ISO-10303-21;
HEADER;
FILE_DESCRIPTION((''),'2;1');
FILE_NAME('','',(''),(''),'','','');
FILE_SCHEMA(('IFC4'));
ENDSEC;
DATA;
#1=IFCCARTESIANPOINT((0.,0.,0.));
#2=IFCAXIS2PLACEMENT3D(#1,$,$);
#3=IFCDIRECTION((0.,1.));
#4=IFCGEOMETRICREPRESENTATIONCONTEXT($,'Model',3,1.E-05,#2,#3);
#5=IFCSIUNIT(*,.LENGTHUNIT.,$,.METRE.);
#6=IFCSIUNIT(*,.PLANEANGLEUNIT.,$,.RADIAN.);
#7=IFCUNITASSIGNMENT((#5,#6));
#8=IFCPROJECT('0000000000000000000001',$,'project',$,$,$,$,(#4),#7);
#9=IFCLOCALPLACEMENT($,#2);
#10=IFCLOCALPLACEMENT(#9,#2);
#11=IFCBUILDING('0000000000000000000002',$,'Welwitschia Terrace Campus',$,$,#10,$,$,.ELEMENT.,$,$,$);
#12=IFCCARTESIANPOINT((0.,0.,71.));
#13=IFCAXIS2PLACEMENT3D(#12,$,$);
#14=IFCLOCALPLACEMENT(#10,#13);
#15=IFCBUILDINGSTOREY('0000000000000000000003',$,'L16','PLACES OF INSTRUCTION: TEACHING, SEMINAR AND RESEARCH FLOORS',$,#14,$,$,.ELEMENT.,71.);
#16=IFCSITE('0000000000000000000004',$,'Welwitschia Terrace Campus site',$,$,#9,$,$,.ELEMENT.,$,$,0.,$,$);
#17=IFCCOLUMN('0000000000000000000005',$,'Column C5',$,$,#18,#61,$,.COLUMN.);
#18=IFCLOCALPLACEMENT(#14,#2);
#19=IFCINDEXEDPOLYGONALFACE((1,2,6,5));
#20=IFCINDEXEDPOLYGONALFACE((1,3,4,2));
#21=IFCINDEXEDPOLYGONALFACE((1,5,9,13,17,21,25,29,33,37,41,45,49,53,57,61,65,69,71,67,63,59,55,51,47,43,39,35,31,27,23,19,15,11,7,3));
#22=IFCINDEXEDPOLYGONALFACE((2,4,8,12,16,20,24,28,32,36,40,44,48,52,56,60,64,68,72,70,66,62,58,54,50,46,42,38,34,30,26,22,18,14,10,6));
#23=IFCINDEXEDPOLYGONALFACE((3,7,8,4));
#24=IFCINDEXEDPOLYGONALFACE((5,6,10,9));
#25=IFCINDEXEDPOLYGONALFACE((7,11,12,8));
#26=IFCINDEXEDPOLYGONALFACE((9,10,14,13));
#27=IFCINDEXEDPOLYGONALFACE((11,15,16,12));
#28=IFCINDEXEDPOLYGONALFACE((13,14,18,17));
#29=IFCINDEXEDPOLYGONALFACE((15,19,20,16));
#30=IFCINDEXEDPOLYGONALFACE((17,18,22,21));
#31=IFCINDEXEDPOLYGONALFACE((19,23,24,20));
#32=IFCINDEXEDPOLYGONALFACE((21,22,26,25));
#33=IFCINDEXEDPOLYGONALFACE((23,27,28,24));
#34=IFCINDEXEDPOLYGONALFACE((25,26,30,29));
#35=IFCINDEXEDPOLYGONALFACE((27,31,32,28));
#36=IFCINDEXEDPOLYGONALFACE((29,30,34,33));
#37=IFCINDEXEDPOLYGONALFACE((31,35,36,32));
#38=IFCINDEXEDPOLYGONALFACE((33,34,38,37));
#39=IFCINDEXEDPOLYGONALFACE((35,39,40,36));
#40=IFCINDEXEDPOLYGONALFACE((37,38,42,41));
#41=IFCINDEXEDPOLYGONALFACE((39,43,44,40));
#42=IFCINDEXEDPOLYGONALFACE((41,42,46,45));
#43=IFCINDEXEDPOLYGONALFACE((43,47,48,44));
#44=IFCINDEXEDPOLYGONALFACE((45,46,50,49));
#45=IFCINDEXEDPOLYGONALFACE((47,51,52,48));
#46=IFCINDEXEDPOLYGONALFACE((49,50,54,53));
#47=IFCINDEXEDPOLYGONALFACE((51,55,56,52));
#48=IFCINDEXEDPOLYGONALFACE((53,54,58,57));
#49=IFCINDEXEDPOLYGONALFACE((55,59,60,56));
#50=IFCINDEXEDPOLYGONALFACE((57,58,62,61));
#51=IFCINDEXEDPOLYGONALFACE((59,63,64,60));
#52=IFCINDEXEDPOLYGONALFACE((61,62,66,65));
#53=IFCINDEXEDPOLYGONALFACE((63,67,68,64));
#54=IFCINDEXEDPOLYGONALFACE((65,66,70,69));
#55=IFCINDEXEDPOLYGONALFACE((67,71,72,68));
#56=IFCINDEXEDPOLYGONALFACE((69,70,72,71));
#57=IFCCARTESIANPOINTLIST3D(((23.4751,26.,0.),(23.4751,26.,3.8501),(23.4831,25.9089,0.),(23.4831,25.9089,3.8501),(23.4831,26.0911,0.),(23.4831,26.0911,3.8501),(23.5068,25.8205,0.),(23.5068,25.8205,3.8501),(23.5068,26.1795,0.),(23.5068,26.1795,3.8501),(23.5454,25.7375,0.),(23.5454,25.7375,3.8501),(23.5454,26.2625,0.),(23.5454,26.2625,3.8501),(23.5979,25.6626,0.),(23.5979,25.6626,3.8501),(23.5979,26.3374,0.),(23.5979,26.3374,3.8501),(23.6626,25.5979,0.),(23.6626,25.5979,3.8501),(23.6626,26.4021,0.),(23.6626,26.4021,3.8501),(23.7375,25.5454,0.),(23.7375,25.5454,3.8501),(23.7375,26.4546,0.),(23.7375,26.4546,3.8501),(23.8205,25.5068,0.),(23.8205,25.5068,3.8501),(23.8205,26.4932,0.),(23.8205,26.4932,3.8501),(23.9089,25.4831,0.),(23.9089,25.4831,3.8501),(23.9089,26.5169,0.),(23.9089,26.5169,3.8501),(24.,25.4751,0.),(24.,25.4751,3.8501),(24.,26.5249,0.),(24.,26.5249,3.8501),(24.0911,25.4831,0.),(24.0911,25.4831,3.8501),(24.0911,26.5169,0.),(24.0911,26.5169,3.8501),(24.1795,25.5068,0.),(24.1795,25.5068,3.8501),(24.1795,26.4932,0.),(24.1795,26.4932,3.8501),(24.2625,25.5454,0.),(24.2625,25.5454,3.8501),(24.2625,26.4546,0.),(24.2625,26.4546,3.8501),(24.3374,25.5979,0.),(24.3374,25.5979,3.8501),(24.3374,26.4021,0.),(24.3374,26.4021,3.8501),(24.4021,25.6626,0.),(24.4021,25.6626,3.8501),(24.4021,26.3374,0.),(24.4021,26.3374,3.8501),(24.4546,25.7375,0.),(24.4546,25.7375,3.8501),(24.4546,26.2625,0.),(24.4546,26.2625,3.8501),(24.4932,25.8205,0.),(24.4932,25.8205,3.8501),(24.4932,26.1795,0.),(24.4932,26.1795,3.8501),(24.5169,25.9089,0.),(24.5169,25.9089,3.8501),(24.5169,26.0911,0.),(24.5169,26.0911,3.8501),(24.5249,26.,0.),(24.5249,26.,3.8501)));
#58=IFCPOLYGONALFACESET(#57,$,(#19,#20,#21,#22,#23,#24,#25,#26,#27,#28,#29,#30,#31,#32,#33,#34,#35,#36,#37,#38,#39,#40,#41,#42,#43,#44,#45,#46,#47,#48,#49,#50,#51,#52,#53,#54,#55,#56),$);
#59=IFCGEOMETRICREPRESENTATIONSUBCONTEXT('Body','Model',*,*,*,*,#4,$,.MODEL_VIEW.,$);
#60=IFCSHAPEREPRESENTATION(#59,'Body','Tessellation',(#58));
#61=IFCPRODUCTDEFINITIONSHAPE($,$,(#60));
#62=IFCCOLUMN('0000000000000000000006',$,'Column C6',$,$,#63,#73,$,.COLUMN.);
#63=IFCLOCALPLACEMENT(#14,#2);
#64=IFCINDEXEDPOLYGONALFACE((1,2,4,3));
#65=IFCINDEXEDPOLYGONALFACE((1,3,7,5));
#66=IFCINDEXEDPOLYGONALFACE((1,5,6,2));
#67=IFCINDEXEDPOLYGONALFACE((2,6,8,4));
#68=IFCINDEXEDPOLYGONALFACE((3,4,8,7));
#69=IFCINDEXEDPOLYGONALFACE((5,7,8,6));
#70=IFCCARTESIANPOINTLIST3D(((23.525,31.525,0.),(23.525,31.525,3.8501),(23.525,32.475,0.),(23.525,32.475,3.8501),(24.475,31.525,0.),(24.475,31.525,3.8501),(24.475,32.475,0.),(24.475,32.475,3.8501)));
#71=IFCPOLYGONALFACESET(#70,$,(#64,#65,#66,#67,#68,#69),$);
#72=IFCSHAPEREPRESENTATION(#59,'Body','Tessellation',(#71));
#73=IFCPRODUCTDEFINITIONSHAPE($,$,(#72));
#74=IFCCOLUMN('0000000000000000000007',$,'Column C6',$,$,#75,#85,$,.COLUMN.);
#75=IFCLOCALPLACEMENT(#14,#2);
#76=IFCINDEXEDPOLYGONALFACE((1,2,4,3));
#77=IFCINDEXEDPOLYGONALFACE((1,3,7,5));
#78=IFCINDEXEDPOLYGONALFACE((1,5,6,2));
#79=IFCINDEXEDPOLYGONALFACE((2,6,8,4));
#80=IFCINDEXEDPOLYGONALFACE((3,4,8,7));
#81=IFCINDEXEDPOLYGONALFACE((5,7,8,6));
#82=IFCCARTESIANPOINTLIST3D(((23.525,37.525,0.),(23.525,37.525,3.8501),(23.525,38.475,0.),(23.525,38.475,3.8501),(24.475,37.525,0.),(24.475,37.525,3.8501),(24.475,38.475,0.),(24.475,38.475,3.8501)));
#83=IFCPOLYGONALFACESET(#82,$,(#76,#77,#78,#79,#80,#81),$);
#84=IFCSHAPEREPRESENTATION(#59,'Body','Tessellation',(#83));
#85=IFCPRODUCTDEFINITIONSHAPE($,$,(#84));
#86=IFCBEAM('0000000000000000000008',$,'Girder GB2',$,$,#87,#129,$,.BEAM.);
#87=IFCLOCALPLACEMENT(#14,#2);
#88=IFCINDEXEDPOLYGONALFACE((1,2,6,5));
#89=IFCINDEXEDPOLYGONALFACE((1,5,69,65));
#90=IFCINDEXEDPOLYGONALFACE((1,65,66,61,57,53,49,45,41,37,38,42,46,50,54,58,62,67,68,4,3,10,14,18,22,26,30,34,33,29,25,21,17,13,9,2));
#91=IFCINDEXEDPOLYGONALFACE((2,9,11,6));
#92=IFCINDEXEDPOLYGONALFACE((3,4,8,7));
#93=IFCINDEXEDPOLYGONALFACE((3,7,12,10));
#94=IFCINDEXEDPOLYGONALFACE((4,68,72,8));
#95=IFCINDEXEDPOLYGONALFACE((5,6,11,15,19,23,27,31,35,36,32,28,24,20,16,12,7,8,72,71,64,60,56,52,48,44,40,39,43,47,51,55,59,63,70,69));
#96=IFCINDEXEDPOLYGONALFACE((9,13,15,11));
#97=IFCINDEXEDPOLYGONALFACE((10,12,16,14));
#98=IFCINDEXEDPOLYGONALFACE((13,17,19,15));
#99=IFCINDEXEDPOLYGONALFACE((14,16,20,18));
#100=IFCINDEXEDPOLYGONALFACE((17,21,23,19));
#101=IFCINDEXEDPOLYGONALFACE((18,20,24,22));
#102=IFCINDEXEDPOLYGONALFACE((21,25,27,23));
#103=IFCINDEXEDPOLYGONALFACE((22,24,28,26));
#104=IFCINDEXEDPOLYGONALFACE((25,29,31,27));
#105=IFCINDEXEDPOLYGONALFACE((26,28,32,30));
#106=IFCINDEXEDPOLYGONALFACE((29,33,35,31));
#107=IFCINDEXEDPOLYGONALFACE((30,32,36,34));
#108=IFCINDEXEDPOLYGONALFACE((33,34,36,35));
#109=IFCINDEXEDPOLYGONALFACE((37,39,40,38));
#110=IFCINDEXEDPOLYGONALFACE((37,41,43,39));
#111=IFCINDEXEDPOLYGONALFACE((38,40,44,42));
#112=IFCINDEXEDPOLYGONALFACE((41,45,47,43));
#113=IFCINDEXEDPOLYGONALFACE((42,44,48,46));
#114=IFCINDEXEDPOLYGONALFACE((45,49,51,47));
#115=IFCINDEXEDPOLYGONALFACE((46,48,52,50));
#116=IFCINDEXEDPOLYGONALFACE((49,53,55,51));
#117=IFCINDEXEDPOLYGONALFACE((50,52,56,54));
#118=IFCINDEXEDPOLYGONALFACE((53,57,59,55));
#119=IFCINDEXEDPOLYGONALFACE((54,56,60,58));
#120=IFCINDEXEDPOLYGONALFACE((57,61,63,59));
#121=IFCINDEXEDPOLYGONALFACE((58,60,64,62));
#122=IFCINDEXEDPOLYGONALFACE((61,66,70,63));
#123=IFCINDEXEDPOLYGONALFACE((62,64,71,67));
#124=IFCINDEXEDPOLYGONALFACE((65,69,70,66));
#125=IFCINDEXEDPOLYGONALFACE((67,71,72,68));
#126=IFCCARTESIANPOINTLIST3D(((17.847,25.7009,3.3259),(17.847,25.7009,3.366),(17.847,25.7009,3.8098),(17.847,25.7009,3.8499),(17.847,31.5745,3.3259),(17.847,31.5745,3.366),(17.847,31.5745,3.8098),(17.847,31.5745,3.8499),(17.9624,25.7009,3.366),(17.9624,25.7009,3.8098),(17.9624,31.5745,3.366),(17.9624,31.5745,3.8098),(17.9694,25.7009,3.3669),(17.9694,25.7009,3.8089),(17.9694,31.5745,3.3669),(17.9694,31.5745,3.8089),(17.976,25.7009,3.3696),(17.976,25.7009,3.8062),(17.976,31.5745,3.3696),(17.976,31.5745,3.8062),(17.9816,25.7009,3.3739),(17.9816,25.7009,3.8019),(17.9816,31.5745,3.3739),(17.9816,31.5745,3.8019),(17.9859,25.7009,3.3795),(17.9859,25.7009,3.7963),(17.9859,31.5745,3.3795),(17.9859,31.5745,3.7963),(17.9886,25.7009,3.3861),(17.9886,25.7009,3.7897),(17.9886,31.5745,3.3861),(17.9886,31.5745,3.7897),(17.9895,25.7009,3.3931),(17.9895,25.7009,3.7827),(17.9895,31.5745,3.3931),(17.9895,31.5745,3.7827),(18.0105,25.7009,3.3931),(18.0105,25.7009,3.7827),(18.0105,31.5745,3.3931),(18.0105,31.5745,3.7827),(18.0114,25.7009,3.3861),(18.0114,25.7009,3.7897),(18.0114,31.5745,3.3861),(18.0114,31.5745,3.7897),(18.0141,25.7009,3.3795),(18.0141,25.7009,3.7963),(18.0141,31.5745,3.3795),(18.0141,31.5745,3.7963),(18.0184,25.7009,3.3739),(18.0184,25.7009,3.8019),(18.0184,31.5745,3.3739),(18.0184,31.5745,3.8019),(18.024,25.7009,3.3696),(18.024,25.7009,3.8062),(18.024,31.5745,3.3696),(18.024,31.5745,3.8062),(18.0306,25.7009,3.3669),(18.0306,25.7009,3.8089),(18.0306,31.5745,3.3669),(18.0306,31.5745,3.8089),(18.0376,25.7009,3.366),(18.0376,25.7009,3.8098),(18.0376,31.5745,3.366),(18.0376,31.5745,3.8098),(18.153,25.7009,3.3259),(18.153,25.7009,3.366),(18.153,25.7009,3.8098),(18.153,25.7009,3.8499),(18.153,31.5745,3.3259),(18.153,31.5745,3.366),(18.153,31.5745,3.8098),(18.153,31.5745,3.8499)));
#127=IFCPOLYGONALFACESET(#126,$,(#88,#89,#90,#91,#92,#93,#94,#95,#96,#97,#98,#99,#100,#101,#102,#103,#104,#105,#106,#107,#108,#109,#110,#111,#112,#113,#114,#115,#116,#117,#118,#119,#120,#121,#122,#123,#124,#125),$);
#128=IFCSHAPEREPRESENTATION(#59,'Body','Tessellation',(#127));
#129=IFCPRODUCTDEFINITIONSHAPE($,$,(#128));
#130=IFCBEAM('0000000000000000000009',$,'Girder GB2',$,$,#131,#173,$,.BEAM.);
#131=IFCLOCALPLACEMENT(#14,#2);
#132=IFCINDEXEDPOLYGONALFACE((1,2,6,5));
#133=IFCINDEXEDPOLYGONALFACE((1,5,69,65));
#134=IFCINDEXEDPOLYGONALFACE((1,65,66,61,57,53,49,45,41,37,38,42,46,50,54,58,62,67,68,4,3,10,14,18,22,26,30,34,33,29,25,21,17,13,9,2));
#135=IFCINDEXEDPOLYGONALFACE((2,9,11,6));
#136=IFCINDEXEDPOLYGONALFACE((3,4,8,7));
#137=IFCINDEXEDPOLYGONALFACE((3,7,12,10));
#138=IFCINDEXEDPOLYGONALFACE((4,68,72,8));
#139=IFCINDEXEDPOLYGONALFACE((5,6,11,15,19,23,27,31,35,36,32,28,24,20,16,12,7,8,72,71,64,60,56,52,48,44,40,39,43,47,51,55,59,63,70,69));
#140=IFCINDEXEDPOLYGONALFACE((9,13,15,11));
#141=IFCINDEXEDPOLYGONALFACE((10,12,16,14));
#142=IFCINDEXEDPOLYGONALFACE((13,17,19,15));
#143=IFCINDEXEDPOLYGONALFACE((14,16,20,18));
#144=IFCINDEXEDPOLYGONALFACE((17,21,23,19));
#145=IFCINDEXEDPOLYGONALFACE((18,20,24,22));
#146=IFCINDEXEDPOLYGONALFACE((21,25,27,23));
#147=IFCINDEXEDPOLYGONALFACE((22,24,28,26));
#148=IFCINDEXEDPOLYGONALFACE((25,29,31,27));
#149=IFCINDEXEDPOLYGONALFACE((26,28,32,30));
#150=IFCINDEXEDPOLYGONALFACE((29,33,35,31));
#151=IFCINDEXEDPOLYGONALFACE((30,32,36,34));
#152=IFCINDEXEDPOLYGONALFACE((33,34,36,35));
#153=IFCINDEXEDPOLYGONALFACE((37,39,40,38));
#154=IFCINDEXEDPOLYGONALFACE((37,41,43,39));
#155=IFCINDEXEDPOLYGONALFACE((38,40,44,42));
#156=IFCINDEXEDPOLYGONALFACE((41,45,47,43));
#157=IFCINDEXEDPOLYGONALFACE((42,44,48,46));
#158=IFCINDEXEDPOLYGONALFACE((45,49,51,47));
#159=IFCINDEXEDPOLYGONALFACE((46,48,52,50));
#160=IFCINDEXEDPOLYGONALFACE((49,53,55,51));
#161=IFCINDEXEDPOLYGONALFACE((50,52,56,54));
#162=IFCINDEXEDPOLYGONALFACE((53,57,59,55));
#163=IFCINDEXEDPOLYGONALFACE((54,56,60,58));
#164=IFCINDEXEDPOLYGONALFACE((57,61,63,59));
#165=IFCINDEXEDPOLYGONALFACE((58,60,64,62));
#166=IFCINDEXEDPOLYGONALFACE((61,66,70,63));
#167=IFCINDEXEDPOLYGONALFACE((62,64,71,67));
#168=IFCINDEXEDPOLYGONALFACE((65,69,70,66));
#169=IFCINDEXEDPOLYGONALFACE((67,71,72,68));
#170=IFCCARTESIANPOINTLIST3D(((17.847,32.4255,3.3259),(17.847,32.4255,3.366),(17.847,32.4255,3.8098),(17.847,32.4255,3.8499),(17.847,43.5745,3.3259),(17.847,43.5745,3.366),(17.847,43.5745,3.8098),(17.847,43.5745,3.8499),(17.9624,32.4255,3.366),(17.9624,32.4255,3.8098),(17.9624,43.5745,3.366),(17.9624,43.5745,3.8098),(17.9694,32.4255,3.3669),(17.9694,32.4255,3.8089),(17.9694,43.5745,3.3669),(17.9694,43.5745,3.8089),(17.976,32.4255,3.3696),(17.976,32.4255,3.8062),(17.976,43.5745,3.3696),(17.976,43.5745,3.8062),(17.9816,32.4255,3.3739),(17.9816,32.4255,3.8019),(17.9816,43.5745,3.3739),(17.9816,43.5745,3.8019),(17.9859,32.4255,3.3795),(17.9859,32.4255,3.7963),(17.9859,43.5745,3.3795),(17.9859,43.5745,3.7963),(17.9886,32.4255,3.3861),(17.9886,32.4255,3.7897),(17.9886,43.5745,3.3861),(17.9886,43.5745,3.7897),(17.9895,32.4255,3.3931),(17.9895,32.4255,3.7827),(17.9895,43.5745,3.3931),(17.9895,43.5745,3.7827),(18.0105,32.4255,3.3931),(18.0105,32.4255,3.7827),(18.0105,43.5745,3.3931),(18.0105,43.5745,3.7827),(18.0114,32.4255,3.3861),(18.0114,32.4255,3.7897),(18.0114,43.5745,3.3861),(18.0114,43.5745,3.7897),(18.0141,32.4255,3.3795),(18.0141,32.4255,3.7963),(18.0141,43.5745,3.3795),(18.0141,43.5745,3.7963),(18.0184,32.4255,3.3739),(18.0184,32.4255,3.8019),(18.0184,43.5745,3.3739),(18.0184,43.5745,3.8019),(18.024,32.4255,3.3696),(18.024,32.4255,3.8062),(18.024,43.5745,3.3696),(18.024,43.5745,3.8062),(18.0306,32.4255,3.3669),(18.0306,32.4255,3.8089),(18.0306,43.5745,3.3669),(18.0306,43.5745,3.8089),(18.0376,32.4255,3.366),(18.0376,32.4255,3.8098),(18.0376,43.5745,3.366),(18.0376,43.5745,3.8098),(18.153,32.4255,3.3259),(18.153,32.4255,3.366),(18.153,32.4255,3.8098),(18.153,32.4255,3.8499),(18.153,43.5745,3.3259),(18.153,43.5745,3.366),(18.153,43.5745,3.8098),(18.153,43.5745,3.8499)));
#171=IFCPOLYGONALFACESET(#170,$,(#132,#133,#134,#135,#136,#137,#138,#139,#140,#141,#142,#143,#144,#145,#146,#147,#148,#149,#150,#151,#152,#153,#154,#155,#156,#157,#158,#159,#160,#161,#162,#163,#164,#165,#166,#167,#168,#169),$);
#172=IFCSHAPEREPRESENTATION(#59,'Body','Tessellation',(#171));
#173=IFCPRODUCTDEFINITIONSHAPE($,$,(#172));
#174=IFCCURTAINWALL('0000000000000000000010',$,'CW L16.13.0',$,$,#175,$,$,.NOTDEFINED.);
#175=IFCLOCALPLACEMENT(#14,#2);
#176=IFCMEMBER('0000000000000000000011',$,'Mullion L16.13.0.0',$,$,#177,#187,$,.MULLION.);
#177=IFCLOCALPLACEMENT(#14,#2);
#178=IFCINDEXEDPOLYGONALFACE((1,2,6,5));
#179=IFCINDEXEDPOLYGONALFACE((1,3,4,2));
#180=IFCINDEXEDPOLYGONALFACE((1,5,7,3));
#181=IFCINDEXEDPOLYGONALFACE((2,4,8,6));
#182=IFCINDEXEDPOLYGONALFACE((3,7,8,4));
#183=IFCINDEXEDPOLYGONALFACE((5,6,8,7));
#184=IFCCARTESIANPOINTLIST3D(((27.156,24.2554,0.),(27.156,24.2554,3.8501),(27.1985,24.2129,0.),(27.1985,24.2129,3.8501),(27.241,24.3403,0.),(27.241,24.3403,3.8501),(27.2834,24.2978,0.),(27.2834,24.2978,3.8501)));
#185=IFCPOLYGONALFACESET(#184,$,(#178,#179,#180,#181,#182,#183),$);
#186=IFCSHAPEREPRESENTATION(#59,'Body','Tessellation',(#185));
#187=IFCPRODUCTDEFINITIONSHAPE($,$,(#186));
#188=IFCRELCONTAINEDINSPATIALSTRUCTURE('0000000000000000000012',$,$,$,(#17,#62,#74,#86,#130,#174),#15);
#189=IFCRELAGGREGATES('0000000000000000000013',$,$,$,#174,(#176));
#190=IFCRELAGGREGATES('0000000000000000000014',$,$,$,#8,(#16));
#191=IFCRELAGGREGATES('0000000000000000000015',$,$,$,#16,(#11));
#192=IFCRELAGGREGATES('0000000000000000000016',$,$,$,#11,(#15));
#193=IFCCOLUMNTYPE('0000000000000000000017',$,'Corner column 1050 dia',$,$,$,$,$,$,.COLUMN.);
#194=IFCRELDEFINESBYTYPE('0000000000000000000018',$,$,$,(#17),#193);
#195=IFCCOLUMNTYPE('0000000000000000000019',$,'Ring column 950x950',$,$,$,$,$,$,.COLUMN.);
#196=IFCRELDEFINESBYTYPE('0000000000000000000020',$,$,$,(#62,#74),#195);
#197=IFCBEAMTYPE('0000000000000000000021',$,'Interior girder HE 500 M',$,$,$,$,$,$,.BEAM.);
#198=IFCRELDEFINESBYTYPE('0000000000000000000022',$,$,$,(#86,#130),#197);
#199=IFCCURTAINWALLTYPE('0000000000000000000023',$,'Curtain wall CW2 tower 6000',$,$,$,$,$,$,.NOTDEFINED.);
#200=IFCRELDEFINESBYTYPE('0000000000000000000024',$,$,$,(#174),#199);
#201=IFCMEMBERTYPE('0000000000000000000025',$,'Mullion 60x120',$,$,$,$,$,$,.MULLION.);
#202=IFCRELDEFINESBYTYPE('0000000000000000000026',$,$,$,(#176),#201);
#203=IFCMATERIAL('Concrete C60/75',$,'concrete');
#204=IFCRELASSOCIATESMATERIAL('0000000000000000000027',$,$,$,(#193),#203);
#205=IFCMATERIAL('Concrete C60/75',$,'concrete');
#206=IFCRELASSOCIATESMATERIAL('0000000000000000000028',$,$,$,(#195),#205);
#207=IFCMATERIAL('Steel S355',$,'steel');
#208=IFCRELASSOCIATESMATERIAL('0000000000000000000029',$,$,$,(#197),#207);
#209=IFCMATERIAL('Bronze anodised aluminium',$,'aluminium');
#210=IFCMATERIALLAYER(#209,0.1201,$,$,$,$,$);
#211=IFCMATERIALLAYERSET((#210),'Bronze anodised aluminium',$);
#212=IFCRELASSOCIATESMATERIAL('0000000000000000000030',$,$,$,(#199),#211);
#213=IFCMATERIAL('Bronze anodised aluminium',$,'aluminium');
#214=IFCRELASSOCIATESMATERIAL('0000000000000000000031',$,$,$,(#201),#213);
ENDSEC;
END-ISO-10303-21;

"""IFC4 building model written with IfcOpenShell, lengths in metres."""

from ifc_helpers import new_model, si_unit, direction, frame, origin, origin_2d, place, context, subcontext, project, spatial, rectangle, circle, i_section, extrude, material, layer, layer_set, material_profile, profile_set, type_object, element, aggregate, save


model = new_model("IFC4")

# Units and contexts
model_context = context("Model", 3, precision=1e-05, world=origin(), true_north=direction((0.0, 1.0)))
body_context = subcontext(model_context, "Body", "Model", "MODEL_VIEW")
ifc_project = project(units=[si_unit("LENGTHUNIT", "METRE"), si_unit("PLANEANGLEUNIT", "RADIAN")], contexts=[model_context])

# Site, building, storey
site_placement = place(None, origin())
site = spatial("IfcSite", under=ifc_project, at=site_placement, Name="Welwitschia Terrace Campus site", CompositionType="ELEMENT", RefElevation=0.0)
building_placement = place(site_placement, origin())
building = spatial("IfcBuilding", under=site, at=building_placement, Name="Welwitschia Terrace Campus", CompositionType="ELEMENT")
storey_placement = place(building_placement, frame((0.0, 0.0, 71.0)))
storey = spatial("IfcBuildingStorey", under=building, at=storey_placement, Name="L16", Description="PLACES OF INSTRUCTION: TEACHING, SEMINAR AND RESEARCH FLOORS", CompositionType="ELEMENT", Elevation=71.0)

# Columns
ifc_material_1 = material(Name="Concrete C60/75", Category="concrete")
ifc_material_profile_1 = material_profile(ifc_material_1, circle(Radius=0.5249, at=origin_2d()))
ifc_profile_set_1 = profile_set([ifc_material_profile_1], Name="Concrete C60/75")
column_type_1 = type_object("IfcColumnType", Name="Corner column 1050 dia", PredefinedType="COLUMN", material=ifc_profile_set_1)
column_placement = place(storey_placement, frame((24.0, 26.0, 0.0), z_axis=(0.0, 0.0, 1.0), x_axis=(1.0, 0.0, 0.0)))
element("IfcColumn", 1, at=column_placement, inside=storey, type_object=column_type_1, Name="Column C5", PredefinedType="COLUMN", context=body_context, shape_type="SweptSolid", body=[
    extrude(circle(Radius=0.5249, at=origin_2d()), origin(), (0.0, 0.0, 1.0), 3.8501),
])
ifc_material_2 = material(Name="Concrete C60/75", Category="concrete")
ifc_material_profile_2 = material_profile(ifc_material_2, rectangle(XDim=0.95, YDim=0.95, at=origin_2d()))
ifc_profile_set_2 = profile_set([ifc_material_profile_2], Name="Concrete C60/75")
column_type_2 = type_object("IfcColumnType", Name="Ring column 950x950", PredefinedType="COLUMN", material=ifc_profile_set_2)
for number, where, z_axis, x_axis, name in (
    (2, (24.0, 32.0, 0.0), (0.0, 0.0, 1.0), (1.0, 0.0, 0.0), "Column C6"),
    (3, (24.0, 38.0, 0.0), (0.0, 0.0, 1.0), (1.0, 0.0, 0.0), "Column C6"),
):
    element("IfcColumn", number, at=place(storey_placement, frame(where, z_axis=z_axis, x_axis=x_axis)), inside=storey, type_object=column_type_2, Name=name, PredefinedType="COLUMN", context=body_context, shape_type="SweptSolid", body=[
        extrude(rectangle(XDim=0.95, YDim=0.95, at=origin_2d()), origin(), (0.0, 0.0, 1.0), 3.8501),
    ])

# Beams
ifc_material_3 = material(Name="Steel S355", Category="steel")
ifc_material_profile_3 = material_profile(ifc_material_3, i_section(OverallWidth=0.3059, OverallDepth=0.5239, WebThickness=0.021, FlangeThickness=0.04, FilletRadius=0.0271, at=origin_2d()))
ifc_profile_set_3 = profile_set([ifc_material_profile_3], Name="Steel S355")
beam_type_1 = type_object("IfcBeamType", Name="Interior girder HE 500 M", PredefinedType="BEAM", material=ifc_profile_set_3)
beam_1_placement = place(storey_placement, frame((18.0, 25.7009, 3.5879), z_axis=(0.0, 1.0, 0.0), x_axis=(-1.0, 0.0, 0.0)))
element("IfcBeam", 4, at=beam_1_placement, inside=storey, type_object=beam_type_1, Name="Girder GB2", PredefinedType="BEAM", context=body_context, shape_type="SweptSolid", body=[
    extrude(i_section(OverallWidth=0.3059, OverallDepth=0.5239, WebThickness=0.021, FlangeThickness=0.04, FilletRadius=0.0271, at=origin_2d()), origin(), (0.0, 0.0, 1.0), 5.8735),
])
beam_2_placement = place(storey_placement, frame((18.0, 32.4255, 3.5879), z_axis=(0.0, 1.0, 0.0), x_axis=(-1.0, 0.0, 0.0)))
element("IfcBeam", 5, at=beam_2_placement, inside=storey, type_object=beam_type_1, Name="Girder GB2", PredefinedType="BEAM", context=body_context, shape_type="SweptSolid", body=[
    extrude(i_section(OverallWidth=0.3059, OverallDepth=0.5239, WebThickness=0.021, FlangeThickness=0.04, FilletRadius=0.0271, at=origin_2d()), origin(), (0.0, 0.0, 1.0), 11.1489),
])

# Curtain wall, member
ifc_material_4 = material(Name="Bronze anodised aluminium", Category="aluminium")
ifc_layer_1 = layer(ifc_material_4, 0.1201)
ifc_layer_set_1 = layer_set([ifc_layer_1], Name="Bronze anodised aluminium")
curtain_wall_type = type_object("IfcCurtainWallType", Name="Curtain wall CW2 tower 6000", PredefinedType="NOTDEFINED", material=ifc_layer_set_1)
curtain_wall_1_placement = place(storey_placement, origin())
curtain_wall_1 = element("IfcCurtainWall", 6, at=curtain_wall_1_placement, inside=storey, type_object=curtain_wall_type, Name="CW L16.13.0", PredefinedType="NOTDEFINED")
ifc_material_5 = material(Name="Bronze anodised aluminium", Category="aluminium")
ifc_material_profile_4 = material_profile(ifc_material_5, rectangle(XDim=0.1201, YDim=0.0601, at=origin_2d()))
ifc_profile_set_4 = profile_set([ifc_material_profile_4], Name="Bronze anodised aluminium")
member_type_1 = type_object("IfcMemberType", Name="Mullion 60x120", PredefinedType="MULLION", material=ifc_profile_set_4)
member_1_placement = place(storey_placement, frame((27.2197, 24.2766, 0.0), z_axis=(0.0, 0.0, 1.0), x_axis=(-0.707107, -0.707107, 0.0)))
member_1 = element("IfcMember", 7, at=member_1_placement, type_object=member_type_1, Name="Mullion L16.13.0.0", PredefinedType="MULLION", context=body_context, shape_type="SweptSolid", body=[
    extrude(rectangle(XDim=0.1201, YDim=0.0601, at=origin_2d()), origin(), (0.0, 0.0, 1.0), 3.8501),
])

aggregate(curtain_wall_1, [member_1])

save(model, "model.ifc")
